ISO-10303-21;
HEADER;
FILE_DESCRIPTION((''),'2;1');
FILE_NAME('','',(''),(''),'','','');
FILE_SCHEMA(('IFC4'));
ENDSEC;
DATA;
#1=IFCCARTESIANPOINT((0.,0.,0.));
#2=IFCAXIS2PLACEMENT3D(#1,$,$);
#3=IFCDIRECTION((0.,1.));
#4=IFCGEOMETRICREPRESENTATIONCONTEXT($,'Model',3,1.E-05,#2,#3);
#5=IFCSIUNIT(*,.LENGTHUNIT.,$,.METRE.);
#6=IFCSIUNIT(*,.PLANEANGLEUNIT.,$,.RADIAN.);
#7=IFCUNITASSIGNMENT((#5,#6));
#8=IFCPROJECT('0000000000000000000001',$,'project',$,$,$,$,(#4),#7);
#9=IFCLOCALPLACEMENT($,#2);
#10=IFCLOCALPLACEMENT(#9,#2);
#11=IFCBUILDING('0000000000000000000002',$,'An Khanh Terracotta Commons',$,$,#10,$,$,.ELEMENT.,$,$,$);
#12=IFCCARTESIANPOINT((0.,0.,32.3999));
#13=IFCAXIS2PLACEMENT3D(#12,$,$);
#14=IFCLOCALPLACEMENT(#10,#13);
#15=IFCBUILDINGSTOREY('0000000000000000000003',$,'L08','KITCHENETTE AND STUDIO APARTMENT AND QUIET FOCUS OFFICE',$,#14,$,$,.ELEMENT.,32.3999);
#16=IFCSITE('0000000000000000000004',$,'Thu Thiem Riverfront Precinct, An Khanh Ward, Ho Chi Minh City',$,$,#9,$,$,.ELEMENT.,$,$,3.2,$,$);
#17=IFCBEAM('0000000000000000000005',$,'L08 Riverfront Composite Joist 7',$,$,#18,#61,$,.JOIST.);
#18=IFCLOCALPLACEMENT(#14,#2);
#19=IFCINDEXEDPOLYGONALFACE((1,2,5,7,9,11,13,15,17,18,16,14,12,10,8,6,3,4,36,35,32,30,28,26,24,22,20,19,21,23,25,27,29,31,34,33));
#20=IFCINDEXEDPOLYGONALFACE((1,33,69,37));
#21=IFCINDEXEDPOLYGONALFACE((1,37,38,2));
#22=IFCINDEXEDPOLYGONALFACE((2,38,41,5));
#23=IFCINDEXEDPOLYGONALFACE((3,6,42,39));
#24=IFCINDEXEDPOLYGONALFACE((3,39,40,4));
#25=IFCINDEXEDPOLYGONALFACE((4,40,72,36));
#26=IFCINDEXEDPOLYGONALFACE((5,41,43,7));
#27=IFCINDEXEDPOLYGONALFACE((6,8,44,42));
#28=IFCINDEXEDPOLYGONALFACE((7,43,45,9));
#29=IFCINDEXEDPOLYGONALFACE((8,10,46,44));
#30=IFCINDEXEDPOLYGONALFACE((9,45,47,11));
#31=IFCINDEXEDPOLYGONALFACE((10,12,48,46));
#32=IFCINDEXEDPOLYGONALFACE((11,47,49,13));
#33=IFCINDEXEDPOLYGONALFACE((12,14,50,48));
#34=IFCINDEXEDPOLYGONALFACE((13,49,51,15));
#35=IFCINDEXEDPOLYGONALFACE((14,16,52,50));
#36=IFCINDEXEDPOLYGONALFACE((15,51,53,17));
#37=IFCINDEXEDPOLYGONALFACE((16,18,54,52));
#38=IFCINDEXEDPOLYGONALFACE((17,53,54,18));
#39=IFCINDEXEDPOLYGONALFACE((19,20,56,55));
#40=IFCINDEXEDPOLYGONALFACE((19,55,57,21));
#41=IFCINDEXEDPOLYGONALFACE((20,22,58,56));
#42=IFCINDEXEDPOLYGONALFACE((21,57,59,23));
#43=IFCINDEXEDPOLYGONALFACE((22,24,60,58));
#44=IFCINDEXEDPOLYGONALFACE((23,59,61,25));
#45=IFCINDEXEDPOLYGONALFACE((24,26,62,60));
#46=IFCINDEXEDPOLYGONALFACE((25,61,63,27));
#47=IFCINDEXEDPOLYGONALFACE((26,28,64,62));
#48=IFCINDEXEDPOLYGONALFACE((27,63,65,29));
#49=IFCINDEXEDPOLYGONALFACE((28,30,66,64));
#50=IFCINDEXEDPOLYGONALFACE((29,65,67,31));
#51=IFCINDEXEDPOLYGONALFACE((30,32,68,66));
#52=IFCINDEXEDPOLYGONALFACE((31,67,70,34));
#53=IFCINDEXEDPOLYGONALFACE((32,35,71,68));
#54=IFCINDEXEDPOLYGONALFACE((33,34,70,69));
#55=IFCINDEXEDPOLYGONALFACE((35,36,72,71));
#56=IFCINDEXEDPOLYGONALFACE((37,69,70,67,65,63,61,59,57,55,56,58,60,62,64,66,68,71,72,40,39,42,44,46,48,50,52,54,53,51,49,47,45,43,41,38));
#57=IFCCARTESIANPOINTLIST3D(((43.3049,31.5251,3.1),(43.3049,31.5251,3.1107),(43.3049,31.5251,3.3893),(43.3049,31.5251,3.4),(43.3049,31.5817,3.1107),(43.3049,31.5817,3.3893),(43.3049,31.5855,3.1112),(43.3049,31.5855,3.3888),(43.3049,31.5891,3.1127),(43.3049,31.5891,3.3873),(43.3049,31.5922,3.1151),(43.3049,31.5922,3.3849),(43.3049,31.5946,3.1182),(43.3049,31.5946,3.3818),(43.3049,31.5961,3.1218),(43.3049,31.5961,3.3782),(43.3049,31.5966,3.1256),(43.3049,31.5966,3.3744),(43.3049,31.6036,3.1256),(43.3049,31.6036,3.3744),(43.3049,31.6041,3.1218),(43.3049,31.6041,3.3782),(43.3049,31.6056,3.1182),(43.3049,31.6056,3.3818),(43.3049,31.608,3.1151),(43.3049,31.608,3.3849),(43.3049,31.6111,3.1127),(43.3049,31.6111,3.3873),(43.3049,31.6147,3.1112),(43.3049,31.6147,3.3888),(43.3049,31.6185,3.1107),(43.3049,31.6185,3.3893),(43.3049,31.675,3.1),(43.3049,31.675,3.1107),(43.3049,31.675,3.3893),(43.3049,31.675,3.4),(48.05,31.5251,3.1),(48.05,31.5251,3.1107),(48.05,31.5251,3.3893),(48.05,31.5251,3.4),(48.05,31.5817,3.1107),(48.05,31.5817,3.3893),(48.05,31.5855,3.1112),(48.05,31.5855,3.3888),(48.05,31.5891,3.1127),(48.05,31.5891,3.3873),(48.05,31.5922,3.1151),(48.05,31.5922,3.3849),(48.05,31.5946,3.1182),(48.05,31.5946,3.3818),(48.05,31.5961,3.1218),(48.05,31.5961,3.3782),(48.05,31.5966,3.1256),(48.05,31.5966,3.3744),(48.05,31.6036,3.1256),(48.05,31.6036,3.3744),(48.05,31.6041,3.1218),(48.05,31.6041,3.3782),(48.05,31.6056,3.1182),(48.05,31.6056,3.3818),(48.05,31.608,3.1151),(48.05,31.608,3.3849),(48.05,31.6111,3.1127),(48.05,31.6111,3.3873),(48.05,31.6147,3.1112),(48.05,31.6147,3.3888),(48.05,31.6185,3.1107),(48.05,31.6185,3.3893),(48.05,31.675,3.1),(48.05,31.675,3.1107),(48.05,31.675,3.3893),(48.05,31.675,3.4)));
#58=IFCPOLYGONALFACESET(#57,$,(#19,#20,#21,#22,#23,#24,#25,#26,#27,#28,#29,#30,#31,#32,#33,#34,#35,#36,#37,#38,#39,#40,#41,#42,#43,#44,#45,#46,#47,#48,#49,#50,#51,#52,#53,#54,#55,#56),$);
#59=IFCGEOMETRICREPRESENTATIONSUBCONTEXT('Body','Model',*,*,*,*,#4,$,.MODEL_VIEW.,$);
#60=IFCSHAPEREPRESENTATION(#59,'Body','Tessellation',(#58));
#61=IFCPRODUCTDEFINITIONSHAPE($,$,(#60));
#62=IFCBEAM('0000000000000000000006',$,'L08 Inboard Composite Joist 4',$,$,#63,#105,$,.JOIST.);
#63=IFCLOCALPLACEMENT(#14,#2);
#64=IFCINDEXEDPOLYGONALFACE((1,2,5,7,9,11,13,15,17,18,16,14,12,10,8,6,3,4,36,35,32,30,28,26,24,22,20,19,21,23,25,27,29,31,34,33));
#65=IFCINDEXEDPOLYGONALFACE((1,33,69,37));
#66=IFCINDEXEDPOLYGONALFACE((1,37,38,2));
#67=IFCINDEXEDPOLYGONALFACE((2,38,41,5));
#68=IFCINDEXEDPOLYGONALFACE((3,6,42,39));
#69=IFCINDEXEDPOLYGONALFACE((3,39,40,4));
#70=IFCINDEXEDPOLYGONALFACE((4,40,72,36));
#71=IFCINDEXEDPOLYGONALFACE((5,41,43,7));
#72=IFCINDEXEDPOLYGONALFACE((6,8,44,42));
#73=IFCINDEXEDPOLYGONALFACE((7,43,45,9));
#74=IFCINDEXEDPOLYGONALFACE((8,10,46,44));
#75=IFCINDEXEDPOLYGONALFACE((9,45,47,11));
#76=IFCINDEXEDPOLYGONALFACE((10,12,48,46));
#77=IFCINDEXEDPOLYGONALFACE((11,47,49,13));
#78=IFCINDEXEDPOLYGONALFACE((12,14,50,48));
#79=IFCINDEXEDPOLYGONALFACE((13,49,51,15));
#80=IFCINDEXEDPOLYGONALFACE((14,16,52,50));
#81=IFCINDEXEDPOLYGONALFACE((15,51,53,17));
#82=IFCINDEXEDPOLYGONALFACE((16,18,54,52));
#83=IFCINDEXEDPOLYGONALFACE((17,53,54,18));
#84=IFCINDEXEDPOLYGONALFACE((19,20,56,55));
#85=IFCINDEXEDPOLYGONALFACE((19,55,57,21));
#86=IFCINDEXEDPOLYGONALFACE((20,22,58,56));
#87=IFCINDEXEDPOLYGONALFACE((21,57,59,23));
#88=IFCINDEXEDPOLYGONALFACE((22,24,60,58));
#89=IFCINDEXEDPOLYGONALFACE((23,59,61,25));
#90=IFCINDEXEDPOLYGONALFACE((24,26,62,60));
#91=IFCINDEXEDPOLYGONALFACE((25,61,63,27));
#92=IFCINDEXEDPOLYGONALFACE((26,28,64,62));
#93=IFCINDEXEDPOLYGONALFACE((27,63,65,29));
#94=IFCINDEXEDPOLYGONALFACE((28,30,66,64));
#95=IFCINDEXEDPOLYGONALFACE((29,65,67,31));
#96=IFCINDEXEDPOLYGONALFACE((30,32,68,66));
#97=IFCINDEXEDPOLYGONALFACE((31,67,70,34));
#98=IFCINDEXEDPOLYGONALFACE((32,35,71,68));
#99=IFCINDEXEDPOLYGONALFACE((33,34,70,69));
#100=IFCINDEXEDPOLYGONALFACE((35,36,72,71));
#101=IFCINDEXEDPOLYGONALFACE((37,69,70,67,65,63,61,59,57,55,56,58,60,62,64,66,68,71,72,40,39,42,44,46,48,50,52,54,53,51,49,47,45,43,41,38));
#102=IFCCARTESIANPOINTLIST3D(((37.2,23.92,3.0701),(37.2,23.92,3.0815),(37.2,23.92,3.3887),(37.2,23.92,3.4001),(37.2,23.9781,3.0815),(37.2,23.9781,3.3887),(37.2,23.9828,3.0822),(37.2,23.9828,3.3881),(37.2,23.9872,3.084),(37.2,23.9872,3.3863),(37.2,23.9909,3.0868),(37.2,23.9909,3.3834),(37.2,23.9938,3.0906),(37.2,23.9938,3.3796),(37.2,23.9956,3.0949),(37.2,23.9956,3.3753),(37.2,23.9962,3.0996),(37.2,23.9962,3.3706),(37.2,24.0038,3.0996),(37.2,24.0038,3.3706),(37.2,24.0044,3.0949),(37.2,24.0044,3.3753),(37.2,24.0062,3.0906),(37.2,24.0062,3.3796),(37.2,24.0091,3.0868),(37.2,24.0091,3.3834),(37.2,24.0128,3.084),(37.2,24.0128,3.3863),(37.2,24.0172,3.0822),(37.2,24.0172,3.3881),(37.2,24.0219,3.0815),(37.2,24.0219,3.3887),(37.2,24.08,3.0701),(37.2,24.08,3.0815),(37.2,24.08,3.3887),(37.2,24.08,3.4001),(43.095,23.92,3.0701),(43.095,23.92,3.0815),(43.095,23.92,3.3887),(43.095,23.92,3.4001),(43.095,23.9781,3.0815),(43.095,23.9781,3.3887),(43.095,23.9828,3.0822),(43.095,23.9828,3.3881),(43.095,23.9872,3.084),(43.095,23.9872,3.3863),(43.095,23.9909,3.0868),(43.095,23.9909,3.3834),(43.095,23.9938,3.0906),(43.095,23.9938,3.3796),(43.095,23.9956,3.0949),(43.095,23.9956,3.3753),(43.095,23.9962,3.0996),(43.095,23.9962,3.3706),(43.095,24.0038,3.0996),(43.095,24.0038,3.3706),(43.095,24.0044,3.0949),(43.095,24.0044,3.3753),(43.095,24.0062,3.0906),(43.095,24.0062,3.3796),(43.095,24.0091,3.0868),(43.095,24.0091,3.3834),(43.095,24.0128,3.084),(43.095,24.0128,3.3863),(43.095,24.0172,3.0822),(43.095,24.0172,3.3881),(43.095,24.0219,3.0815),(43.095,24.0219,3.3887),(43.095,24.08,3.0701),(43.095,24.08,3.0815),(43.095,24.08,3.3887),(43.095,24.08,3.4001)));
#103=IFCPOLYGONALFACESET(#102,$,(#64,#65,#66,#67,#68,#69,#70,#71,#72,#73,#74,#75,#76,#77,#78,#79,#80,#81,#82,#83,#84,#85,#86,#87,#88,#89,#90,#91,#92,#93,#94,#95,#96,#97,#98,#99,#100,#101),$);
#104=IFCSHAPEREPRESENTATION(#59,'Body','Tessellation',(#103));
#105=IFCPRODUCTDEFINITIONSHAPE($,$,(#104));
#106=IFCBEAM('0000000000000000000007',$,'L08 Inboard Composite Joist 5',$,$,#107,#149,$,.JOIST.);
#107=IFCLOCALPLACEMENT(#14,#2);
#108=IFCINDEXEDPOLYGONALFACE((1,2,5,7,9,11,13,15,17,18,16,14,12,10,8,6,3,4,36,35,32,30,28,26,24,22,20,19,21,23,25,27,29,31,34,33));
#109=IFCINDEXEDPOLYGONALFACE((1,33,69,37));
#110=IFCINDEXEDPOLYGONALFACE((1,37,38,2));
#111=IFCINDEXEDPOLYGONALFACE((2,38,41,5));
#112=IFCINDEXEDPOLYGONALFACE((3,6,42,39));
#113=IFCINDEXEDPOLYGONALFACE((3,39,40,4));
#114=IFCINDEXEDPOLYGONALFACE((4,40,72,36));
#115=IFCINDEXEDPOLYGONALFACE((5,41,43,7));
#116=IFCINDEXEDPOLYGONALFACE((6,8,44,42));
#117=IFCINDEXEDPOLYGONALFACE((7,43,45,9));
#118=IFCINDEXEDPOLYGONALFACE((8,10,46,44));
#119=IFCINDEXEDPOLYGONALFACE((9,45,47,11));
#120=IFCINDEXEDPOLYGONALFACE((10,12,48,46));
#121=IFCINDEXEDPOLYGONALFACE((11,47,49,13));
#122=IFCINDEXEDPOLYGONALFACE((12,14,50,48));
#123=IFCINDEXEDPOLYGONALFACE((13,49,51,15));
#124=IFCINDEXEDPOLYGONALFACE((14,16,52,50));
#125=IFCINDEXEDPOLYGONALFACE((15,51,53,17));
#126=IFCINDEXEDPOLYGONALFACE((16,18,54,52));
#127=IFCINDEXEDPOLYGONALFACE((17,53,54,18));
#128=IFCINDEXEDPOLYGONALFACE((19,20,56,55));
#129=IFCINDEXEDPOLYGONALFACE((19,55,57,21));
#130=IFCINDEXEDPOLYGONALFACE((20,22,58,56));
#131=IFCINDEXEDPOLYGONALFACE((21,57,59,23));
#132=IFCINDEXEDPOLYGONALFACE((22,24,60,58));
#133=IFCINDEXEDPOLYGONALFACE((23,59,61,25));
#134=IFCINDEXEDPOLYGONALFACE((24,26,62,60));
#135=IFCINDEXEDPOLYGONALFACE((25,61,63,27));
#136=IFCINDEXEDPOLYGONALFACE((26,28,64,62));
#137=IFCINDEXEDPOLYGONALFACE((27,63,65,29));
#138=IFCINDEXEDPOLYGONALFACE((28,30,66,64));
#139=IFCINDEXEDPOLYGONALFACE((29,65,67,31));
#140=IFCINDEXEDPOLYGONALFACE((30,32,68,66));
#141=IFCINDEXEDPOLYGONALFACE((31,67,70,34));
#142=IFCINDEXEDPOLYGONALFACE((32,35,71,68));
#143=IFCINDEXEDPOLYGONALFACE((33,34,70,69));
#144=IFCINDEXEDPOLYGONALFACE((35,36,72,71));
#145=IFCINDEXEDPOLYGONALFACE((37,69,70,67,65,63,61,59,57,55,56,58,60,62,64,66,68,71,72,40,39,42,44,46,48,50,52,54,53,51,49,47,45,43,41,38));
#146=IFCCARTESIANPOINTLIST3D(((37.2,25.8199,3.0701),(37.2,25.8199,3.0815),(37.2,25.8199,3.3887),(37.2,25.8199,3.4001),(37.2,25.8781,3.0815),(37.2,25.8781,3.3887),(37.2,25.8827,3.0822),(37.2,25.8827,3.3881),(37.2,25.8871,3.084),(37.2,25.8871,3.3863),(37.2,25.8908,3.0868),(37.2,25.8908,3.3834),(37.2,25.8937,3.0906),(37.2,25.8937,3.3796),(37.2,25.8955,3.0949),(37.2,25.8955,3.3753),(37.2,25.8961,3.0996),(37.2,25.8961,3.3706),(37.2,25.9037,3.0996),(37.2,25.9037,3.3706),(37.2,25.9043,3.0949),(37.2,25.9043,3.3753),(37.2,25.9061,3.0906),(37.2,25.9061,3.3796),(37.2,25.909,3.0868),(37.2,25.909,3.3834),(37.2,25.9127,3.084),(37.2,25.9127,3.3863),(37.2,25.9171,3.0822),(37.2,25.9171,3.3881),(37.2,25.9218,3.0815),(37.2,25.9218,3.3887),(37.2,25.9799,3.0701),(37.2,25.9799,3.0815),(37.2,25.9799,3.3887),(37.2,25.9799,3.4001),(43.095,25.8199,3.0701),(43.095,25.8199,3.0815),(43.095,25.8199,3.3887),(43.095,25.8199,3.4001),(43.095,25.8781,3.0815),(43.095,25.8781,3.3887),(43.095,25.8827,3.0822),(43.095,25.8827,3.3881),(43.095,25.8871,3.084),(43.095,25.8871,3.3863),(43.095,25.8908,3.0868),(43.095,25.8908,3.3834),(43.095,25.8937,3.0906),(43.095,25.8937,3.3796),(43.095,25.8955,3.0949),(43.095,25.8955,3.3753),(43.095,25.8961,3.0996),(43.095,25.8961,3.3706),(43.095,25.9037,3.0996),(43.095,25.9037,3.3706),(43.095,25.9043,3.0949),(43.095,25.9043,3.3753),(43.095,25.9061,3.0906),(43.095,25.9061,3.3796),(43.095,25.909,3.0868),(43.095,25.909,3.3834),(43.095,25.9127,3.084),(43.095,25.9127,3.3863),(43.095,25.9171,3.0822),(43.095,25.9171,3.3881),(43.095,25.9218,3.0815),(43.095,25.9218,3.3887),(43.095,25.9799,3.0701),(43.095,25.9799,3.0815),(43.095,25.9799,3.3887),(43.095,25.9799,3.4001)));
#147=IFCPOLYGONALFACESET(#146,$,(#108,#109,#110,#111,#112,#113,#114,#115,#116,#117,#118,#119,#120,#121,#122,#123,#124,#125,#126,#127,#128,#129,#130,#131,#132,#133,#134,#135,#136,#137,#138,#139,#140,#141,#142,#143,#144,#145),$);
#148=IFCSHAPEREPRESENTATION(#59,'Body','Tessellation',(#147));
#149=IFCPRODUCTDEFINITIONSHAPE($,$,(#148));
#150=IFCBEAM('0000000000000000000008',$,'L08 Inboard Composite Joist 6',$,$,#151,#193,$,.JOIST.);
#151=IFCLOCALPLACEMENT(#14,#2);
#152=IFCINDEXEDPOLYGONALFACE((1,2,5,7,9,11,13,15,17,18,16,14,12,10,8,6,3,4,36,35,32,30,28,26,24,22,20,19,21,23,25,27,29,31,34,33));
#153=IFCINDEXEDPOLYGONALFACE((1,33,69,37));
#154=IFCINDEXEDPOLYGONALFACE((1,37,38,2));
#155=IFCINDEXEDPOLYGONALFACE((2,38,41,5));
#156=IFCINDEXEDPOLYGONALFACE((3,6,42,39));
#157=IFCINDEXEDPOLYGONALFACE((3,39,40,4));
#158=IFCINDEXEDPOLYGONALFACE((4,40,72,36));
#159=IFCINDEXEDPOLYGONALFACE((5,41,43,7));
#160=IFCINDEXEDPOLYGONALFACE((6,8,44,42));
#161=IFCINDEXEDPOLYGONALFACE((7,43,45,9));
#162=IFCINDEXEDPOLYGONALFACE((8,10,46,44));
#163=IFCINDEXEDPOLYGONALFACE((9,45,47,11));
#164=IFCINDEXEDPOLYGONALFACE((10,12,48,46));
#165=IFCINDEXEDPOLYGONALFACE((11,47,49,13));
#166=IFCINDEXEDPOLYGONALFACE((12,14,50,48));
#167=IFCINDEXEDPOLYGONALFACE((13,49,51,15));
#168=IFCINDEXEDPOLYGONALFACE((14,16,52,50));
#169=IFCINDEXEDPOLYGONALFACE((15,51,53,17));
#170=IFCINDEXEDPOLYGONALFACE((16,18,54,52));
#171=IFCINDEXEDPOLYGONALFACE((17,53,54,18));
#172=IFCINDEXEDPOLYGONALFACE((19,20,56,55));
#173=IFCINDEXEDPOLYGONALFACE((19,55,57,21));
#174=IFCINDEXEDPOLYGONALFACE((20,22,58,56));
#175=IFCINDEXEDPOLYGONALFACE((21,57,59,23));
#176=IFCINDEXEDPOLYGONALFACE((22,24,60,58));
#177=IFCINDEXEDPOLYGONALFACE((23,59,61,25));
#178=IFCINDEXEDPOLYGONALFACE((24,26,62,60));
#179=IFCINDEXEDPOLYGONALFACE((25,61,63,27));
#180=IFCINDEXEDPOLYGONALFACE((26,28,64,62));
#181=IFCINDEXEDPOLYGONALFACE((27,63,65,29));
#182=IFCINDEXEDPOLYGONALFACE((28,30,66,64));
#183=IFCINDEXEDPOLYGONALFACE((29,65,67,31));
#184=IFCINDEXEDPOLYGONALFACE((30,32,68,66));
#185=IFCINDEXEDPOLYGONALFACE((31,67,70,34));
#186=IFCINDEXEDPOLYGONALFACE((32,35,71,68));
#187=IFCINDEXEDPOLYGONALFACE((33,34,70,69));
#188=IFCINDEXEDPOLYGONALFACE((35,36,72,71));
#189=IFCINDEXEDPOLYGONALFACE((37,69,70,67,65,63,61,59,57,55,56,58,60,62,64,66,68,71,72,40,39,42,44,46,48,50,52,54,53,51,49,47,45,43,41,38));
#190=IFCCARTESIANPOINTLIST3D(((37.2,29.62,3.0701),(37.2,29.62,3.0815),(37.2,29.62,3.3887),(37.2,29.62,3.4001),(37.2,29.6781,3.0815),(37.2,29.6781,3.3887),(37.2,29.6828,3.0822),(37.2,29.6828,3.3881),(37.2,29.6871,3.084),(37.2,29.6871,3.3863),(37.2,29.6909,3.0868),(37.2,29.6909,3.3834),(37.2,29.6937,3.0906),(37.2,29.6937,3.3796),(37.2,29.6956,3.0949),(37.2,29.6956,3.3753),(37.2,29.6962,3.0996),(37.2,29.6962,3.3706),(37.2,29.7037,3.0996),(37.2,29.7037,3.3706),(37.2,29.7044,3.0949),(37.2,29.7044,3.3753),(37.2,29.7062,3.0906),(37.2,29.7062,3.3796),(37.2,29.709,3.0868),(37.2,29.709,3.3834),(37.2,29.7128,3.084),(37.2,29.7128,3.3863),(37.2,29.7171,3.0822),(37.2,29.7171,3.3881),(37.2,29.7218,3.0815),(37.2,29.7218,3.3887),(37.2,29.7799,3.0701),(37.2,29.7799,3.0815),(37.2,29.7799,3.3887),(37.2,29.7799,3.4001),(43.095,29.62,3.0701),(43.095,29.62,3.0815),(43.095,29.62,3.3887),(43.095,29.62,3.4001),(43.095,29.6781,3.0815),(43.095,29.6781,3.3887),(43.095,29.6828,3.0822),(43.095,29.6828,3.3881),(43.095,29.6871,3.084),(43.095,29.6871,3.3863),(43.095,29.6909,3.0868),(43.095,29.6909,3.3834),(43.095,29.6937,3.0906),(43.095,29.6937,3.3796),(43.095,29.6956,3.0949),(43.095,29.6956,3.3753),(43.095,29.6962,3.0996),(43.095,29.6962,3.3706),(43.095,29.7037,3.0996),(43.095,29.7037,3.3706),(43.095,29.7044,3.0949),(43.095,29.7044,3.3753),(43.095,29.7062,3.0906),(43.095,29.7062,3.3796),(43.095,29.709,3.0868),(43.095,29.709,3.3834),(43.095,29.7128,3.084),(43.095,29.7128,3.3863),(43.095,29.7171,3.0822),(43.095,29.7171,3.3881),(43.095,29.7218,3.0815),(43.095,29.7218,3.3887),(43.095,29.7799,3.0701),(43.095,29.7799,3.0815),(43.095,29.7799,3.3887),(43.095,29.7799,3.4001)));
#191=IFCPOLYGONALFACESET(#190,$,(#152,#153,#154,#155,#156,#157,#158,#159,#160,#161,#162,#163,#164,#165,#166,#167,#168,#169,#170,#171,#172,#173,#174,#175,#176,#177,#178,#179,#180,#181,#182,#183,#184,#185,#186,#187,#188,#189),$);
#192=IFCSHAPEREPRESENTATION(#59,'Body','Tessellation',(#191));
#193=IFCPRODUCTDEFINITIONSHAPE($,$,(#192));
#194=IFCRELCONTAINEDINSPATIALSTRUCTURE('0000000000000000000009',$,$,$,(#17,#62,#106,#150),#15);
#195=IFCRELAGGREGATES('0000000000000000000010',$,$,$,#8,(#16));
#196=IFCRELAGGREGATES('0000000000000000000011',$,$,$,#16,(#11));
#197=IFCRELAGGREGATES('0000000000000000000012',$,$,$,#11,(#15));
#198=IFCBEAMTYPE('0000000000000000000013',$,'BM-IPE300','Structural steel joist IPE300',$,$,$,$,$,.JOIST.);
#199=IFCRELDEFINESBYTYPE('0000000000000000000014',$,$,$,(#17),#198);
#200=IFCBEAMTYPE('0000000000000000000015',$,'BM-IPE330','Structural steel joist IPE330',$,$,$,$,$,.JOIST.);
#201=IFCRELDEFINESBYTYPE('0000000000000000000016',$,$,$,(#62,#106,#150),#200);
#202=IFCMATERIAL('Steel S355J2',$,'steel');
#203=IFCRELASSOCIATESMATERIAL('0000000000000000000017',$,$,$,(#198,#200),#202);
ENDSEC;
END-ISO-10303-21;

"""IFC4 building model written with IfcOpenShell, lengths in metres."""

from ifc_helpers import new_model, si_unit, direction, frame, origin, origin_2d, place, context, subcontext, project, spatial, i_section, extrude, material, material_profile, profile_set, type_object, element, save


model = new_model("IFC4")

# Units and contexts
model_context = context("Model", 3, precision=1e-05, world=origin(), true_north=direction((0.0, 1.0)))
body_context = subcontext(model_context, "Body", "Model", "MODEL_VIEW")
ifc_project = project(units=[si_unit("LENGTHUNIT", "METRE"), si_unit("PLANEANGLEUNIT", "RADIAN")], contexts=[model_context])

# Site, building, storey
site_placement = place(None, origin())
site = spatial("IfcSite", under=ifc_project, at=site_placement, Name="Thu Thiem Riverfront Precinct, An Khanh Ward, Ho Chi Minh City", CompositionType="ELEMENT", RefElevation=3.2)
building_placement = place(site_placement, origin())
building = spatial("IfcBuilding", under=site, at=building_placement, Name="An Khanh Terracotta Commons", CompositionType="ELEMENT")
storey_placement = place(building_placement, frame((0.0, 0.0, 32.3999)))
storey = spatial("IfcBuildingStorey", under=building, at=storey_placement, Name="L08", Description="KITCHENETTE AND STUDIO APARTMENT AND QUIET FOCUS OFFICE", CompositionType="ELEMENT", Elevation=32.3999)

# Beams
ifc_material_1 = material(Name="Steel S355J2", Category="steel")
ifc_material_profile_1 = material_profile(ifc_material_1, i_section(OverallWidth=0.1499, OverallDepth=0.3, WebThickness=0.0071, FlangeThickness=0.0107, FilletRadius=0.0149, at=origin_2d()), Name="IPE300")
ifc_profile_set_1 = profile_set([ifc_material_profile_1], Name="Steel S355J2")
beam_type_1 = type_object("IfcBeamType", Name="BM-IPE300", Description="Structural steel joist IPE300", PredefinedType="JOIST", material=ifc_profile_set_1)
for number, where, z_axis, x_axis, name in (
    (1, (43.3049, 31.6001, 3.25), (1.0, 0.0, 0.0), (0.0, 1.0, 0.0), "L08 Riverfront Composite Joist 7"),
):
    element("IfcBeam", number, at=place(storey_placement, frame(where, z_axis=z_axis, x_axis=x_axis)), inside=storey, type_object=beam_type_1, Name=name, PredefinedType="JOIST", context=body_context, shape_type="SweptSolid", body=[
        extrude(i_section(OverallWidth=0.1499, OverallDepth=0.3, WebThickness=0.0071, FlangeThickness=0.0107, FilletRadius=0.0149, at=origin_2d()), origin(), (0.0, 0.0, 1.0), 4.7451),
    ])
ifc_material_profile_2 = material_profile(ifc_material_1, i_section(OverallWidth=0.1599, OverallDepth=0.3301, WebThickness=0.0076, FlangeThickness=0.0115, FilletRadius=0.0181, at=origin_2d()), Name="IPE330")
ifc_profile_set_2 = profile_set([ifc_material_profile_2], Name="Steel S355J2")
beam_type_2 = type_object("IfcBeamType", Name="BM-IPE330", Description="Structural steel joist IPE330", PredefinedType="JOIST", material=ifc_profile_set_2)
for number, where, z_axis, x_axis, name in (
    (2, (37.2, 24.0, 3.2351), (1.0, 0.0, 0.0), (0.0, 1.0, 0.0), "L08 Inboard Composite Joist 4"),
    (3, (37.2, 25.8999, 3.2351), (1.0, 0.0, 0.0), (0.0, 1.0, 0.0), "L08 Inboard Composite Joist 5"),
    (4, (37.2, 29.7, 3.2351), (1.0, 0.0, 0.0), (0.0, 1.0, 0.0), "L08 Inboard Composite Joist 6"),
):
    element("IfcBeam", number, at=place(storey_placement, frame(where, z_axis=z_axis, x_axis=x_axis)), inside=storey, type_object=beam_type_2, Name=name, PredefinedType="JOIST", context=body_context, shape_type="SweptSolid", body=[
        extrude(i_section(OverallWidth=0.1599, OverallDepth=0.3301, WebThickness=0.0076, FlangeThickness=0.0115, FilletRadius=0.0181, at=origin_2d()), origin(), (0.0, 0.0, 1.0), 5.895),
    ])

save(model, "model.ifc")
